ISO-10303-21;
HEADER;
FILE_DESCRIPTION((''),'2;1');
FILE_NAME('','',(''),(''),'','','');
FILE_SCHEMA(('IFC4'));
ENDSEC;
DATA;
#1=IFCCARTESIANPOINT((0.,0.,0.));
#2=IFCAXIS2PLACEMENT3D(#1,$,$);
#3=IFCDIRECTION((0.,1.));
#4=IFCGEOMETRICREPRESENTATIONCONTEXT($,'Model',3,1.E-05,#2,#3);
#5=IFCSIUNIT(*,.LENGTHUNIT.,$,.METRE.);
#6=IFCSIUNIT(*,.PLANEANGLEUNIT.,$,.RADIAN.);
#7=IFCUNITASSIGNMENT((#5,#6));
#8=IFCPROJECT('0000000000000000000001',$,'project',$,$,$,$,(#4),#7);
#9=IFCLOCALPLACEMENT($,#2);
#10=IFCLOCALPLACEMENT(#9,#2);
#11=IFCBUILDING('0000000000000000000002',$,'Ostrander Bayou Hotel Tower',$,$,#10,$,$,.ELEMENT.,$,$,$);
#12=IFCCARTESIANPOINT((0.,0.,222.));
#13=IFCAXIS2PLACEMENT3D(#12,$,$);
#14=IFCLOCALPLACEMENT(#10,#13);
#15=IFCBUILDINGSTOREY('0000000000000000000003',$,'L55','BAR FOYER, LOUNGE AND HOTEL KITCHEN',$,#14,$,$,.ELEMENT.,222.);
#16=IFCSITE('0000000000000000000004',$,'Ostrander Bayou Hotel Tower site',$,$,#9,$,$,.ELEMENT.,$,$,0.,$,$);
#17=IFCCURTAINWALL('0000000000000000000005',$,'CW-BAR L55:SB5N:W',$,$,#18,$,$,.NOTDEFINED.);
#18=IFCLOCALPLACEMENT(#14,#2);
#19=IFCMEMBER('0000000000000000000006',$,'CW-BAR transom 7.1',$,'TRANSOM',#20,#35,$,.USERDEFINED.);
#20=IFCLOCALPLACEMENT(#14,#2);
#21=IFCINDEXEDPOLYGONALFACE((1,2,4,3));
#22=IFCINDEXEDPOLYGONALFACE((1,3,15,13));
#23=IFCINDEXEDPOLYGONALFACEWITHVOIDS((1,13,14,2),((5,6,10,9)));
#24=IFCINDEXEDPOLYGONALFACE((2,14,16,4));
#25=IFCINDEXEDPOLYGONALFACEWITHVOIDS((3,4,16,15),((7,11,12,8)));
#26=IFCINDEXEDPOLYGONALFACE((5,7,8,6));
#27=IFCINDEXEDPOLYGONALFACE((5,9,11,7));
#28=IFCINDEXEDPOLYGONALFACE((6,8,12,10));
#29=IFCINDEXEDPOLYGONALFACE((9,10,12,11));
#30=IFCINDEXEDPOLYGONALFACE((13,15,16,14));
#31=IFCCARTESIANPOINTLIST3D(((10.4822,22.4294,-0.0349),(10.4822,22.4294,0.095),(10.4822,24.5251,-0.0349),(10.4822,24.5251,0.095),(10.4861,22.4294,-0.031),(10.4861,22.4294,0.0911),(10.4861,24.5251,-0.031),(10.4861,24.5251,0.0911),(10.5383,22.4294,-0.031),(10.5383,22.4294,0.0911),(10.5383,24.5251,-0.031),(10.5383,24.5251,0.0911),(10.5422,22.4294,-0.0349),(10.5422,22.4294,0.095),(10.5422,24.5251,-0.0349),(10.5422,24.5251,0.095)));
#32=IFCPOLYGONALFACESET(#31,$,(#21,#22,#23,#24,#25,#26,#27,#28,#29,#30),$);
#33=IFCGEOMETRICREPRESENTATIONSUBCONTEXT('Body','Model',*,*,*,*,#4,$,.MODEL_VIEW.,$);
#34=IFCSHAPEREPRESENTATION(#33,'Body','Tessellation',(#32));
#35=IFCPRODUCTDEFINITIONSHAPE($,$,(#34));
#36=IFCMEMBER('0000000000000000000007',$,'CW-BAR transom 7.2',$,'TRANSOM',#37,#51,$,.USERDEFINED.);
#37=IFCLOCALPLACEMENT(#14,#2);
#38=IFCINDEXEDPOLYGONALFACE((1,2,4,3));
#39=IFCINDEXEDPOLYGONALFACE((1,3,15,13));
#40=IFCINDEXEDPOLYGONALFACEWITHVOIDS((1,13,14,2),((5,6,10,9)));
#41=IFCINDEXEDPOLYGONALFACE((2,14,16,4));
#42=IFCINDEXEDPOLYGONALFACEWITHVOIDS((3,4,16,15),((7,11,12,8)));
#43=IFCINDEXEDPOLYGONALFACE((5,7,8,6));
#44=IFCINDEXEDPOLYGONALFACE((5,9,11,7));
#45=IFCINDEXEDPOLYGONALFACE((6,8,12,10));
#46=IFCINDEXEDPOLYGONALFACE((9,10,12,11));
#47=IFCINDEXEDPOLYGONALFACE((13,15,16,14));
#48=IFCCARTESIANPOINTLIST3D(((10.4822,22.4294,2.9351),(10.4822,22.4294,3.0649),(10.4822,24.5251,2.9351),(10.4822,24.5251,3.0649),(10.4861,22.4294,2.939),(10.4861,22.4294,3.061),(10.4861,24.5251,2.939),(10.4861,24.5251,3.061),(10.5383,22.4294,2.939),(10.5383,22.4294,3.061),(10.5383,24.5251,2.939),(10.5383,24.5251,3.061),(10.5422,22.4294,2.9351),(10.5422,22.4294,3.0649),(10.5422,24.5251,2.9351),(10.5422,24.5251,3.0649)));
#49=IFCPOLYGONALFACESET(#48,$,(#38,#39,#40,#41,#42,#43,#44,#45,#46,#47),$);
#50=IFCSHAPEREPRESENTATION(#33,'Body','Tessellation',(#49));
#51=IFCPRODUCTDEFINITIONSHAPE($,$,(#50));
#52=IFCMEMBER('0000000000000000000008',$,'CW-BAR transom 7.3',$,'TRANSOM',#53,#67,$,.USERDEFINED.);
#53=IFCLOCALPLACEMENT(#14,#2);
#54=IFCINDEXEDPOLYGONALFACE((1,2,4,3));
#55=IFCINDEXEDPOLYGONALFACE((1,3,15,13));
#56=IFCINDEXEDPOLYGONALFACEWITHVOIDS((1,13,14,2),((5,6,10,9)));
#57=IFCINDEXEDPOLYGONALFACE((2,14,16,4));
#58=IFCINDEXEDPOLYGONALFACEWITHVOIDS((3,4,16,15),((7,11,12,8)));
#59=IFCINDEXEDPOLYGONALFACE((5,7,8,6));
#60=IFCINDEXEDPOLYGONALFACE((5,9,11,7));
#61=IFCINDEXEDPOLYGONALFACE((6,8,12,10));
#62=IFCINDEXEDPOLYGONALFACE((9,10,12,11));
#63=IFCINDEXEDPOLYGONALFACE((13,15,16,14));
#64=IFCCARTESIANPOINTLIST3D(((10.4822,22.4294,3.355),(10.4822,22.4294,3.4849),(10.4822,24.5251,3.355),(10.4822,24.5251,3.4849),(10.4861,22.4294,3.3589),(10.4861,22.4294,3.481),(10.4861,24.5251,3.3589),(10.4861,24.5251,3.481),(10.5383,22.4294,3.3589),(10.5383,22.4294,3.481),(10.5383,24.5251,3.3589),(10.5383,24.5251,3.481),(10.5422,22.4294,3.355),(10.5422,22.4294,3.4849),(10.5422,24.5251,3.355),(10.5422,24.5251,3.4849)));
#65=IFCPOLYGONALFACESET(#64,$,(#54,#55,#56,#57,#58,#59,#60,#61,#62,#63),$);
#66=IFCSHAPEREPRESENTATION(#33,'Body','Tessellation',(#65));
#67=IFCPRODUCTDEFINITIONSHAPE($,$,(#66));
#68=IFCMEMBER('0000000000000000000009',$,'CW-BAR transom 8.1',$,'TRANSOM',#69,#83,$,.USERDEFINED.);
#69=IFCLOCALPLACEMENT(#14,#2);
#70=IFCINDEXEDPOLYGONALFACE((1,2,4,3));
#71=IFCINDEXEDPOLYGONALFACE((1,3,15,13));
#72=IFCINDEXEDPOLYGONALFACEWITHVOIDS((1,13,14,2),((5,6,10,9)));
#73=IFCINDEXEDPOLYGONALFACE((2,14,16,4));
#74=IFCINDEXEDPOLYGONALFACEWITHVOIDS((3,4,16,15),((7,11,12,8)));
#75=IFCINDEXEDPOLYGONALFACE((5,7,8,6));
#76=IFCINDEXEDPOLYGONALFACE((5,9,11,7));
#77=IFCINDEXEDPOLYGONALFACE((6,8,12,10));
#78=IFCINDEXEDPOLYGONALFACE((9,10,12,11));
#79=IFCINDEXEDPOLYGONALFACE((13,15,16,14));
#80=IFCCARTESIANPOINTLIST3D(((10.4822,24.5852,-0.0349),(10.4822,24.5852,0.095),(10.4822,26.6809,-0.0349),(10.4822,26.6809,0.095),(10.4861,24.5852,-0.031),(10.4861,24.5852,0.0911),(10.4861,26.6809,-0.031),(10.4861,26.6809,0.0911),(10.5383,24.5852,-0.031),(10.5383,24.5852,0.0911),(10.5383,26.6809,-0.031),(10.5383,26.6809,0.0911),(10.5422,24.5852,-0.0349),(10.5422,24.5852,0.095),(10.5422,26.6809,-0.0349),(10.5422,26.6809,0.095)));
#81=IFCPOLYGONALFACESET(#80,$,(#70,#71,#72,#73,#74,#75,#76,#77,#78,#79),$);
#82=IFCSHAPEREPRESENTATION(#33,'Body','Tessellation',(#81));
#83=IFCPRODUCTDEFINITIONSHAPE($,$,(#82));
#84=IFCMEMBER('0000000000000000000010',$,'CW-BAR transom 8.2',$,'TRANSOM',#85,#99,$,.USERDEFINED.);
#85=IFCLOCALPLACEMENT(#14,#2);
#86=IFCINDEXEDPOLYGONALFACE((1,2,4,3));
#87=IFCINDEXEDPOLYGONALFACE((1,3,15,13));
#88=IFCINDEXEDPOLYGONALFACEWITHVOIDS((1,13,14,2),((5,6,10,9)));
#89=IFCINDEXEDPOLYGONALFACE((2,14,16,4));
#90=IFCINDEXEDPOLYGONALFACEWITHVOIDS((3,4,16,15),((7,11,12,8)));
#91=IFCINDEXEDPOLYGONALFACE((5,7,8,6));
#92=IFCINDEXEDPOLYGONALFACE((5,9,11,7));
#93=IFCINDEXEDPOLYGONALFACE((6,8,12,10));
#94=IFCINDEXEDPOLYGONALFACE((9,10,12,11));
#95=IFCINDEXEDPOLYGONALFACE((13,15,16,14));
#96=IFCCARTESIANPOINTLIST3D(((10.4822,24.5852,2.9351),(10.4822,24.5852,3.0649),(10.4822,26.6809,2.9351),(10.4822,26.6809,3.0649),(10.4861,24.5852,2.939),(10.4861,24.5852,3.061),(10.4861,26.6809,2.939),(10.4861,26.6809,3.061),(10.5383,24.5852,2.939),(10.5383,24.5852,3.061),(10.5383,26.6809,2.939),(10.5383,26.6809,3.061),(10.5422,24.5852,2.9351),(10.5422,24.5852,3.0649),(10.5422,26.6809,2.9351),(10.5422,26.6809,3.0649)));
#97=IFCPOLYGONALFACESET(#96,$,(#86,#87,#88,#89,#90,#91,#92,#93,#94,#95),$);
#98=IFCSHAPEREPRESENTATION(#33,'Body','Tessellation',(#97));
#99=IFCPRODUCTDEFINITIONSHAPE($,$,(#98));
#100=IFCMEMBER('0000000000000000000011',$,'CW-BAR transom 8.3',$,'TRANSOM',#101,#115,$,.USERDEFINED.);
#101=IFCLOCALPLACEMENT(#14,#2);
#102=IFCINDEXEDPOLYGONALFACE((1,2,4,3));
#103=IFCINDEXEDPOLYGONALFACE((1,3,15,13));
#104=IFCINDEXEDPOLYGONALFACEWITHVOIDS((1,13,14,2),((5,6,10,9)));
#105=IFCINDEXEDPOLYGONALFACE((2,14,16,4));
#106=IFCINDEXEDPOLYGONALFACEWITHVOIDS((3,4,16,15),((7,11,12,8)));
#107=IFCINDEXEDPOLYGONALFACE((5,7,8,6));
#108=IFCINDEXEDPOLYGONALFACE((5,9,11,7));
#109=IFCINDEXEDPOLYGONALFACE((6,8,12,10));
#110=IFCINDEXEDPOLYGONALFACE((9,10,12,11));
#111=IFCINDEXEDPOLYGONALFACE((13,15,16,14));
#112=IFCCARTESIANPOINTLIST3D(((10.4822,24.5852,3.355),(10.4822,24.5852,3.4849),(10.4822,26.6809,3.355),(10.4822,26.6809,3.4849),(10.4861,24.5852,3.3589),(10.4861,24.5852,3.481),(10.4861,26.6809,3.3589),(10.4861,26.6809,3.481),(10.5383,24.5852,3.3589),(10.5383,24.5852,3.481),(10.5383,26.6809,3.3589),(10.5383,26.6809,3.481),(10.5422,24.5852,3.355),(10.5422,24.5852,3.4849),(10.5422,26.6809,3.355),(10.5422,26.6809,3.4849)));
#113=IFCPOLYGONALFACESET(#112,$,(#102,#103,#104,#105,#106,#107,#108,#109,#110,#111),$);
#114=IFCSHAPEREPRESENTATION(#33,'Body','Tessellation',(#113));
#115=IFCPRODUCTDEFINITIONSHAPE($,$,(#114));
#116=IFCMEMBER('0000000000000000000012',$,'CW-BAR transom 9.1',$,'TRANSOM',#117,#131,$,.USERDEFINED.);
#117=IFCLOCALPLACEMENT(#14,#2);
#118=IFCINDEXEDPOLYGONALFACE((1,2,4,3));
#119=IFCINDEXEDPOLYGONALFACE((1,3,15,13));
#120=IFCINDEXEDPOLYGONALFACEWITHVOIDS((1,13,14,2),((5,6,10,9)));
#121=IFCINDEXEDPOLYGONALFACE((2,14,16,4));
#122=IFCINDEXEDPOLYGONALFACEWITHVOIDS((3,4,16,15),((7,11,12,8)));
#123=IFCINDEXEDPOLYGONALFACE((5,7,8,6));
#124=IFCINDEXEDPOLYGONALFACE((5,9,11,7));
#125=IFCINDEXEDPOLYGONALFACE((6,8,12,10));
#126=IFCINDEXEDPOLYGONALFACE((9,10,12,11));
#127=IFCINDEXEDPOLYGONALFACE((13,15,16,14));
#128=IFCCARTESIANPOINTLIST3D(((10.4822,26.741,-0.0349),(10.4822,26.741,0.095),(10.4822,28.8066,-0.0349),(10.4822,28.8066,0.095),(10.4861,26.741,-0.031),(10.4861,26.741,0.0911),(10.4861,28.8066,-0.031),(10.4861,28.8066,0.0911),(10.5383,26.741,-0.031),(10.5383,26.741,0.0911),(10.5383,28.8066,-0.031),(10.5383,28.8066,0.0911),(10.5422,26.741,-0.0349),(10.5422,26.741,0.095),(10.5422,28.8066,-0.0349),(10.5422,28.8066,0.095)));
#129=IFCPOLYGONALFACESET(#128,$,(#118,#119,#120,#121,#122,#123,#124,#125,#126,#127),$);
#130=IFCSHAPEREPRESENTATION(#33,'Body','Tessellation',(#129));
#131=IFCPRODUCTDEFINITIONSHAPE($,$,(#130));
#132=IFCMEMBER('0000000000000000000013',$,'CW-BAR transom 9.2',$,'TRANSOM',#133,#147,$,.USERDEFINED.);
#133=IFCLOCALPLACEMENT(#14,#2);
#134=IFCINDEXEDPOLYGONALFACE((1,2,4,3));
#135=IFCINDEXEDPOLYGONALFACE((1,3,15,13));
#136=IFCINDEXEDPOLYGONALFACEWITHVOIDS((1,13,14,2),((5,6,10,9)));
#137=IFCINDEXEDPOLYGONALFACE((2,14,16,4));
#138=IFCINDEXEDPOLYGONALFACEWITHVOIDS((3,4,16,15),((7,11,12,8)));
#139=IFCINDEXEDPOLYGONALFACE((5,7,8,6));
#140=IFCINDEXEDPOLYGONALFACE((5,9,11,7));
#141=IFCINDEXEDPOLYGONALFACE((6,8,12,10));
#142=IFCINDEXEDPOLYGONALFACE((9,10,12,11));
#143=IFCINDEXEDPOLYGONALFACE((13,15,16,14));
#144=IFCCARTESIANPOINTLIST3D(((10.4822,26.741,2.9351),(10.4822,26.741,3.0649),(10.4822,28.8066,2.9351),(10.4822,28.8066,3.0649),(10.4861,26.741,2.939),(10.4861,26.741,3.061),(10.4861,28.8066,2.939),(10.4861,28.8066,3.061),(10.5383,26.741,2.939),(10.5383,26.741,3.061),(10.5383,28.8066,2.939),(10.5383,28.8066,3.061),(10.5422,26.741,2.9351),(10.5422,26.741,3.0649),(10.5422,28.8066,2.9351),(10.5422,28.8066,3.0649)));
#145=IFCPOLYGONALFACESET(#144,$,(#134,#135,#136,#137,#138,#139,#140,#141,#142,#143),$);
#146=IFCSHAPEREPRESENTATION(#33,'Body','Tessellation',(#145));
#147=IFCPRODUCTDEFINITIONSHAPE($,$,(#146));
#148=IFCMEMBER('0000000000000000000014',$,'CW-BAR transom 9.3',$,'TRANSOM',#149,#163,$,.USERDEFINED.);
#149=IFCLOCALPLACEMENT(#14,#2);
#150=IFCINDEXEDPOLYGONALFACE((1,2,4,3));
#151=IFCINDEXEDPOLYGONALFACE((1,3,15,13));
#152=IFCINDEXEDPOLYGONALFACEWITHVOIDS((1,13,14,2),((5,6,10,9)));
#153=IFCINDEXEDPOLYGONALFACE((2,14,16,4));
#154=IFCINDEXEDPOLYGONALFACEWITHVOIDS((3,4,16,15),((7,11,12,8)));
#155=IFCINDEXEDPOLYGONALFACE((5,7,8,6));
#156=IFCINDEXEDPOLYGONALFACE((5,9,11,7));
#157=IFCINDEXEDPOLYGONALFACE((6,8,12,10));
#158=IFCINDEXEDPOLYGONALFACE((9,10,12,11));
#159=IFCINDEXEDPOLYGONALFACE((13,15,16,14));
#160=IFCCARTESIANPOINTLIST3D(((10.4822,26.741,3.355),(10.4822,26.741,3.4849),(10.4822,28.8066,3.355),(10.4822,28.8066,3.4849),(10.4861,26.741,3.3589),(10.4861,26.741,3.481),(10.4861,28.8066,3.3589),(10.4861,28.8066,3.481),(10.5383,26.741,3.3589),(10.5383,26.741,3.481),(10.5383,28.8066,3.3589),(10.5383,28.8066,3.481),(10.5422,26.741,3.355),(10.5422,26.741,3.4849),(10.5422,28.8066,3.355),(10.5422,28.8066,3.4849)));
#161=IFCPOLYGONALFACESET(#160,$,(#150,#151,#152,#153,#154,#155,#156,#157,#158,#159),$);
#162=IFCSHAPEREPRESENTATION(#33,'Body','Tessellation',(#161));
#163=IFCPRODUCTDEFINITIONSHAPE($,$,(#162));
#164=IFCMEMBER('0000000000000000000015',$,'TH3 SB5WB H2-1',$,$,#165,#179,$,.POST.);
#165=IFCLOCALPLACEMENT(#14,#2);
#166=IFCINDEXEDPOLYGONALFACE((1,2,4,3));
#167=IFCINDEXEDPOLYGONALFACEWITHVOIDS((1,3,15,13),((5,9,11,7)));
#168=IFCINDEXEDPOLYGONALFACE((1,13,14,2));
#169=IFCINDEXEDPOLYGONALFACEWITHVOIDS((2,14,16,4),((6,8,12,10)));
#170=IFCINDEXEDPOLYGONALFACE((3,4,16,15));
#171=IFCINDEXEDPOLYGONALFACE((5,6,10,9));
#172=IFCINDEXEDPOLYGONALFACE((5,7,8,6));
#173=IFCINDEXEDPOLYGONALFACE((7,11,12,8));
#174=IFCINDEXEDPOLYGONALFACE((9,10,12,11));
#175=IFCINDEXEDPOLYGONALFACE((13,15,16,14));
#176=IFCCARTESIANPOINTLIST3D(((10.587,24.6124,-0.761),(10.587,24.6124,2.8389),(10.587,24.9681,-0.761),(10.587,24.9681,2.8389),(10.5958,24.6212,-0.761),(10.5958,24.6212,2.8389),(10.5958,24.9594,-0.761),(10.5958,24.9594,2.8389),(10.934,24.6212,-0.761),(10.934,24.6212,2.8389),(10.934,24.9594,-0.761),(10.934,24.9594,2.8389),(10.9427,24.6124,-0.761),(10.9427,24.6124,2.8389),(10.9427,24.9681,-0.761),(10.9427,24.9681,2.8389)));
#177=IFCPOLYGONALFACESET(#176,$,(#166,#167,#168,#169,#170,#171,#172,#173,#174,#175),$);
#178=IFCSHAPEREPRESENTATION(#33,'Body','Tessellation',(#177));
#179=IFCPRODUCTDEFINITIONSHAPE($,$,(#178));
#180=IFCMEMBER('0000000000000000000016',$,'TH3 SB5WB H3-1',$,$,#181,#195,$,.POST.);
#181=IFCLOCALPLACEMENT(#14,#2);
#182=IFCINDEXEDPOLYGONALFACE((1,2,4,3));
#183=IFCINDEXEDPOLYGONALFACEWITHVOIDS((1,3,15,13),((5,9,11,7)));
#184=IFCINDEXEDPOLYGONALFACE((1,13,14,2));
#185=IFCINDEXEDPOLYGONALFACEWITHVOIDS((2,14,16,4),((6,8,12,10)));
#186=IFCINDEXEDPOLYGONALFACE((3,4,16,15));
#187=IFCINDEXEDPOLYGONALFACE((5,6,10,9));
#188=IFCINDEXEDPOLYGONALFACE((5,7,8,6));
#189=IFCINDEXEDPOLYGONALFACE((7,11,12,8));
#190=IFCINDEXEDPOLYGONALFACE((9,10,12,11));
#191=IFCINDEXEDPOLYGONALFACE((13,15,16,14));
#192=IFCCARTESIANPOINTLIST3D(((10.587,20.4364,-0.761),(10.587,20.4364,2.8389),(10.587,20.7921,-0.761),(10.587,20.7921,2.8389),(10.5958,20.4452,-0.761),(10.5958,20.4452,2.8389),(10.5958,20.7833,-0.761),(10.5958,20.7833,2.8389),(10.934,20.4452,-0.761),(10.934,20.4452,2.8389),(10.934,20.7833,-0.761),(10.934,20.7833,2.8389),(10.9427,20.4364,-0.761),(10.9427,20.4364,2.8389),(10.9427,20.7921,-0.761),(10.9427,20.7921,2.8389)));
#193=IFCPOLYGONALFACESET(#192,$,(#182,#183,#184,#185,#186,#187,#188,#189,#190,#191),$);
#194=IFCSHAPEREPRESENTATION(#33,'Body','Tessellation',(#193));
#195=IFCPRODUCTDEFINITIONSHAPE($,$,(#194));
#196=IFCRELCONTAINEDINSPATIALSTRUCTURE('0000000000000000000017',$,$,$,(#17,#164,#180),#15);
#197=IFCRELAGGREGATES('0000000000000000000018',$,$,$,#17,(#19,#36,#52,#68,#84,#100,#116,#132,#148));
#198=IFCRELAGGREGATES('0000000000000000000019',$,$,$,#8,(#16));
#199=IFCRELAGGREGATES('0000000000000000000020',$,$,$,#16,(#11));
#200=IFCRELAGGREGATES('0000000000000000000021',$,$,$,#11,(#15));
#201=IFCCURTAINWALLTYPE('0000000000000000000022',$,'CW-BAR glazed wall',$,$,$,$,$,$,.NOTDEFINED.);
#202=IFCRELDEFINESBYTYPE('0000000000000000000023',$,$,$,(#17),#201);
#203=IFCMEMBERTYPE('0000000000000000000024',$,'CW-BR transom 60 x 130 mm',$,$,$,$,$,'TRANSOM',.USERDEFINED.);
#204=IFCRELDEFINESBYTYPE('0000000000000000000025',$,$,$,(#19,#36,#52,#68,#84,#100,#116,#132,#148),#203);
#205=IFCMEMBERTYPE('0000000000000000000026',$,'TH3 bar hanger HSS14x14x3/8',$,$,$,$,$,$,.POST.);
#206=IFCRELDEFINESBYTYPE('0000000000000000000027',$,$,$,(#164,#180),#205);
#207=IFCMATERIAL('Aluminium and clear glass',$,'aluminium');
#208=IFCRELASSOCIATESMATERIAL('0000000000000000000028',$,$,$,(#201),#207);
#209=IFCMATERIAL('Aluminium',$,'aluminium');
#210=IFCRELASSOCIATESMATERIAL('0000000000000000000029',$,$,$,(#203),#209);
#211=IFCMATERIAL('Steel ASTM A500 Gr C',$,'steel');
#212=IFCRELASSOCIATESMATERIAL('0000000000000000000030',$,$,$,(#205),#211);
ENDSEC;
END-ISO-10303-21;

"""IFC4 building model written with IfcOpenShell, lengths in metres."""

from ifc_helpers import new_model, si_unit, direction, frame, origin, origin_2d, place, context, subcontext, project, spatial, hollow_rectangle, extrude, material, material_profile, profile_set, type_object, element, aggregate, save


model = new_model("IFC4")

# Units and contexts
model_context = context("Model", 3, precision=1e-05, world=origin(), true_north=direction((0.0, 1.0)))
body_context = subcontext(model_context, "Body", "Model", "MODEL_VIEW")
ifc_project = project(units=[si_unit("LENGTHUNIT", "METRE"), si_unit("PLANEANGLEUNIT", "RADIAN")], contexts=[model_context])

# Site, building, storey
site_placement = place(None, origin())
site = spatial("IfcSite", under=ifc_project, at=site_placement, Name="Ostrander Bayou Hotel Tower site", CompositionType="ELEMENT", RefElevation=0.0)
building_placement = place(site_placement, origin())
building = spatial("IfcBuilding", under=site, at=building_placement, Name="Ostrander Bayou Hotel Tower", CompositionType="ELEMENT")
storey_placement = place(building_placement, frame((0.0, 0.0, 222.0)))
storey = spatial("IfcBuildingStorey", under=building, at=storey_placement, Name="L55", Description="BAR FOYER, LOUNGE AND HOTEL KITCHEN", CompositionType="ELEMENT", Elevation=222.0)

# Curtain wall, members
ifc_material_1 = material(Name="Aluminium and clear glass", Category="aluminium")
curtain_wall_type = type_object("IfcCurtainWallType", Name="CW-BAR glazed wall", PredefinedType="NOTDEFINED", material=ifc_material_1)
curtain_wall_placement = place(storey_placement, origin())
curtain_wall = element("IfcCurtainWall", 1, at=curtain_wall_placement, inside=storey, type_object=curtain_wall_type, Name="CW-BAR L55:SB5N:W", PredefinedType="NOTDEFINED")
ifc_material_2 = material(Name="Aluminium", Category="aluminium")
ifc_material_profile_1 = material_profile(ifc_material_2, hollow_rectangle(XDim=0.0601, YDim=0.1299, WallThickness=0.0039, at=origin_2d()))
ifc_profile_set_1 = profile_set([ifc_material_profile_1], Name="Aluminium")
member_type_1 = type_object("IfcMemberType", Name="CW-BR transom 60 x 130 mm", ElementType="TRANSOM", PredefinedType="USERDEFINED", material=ifc_profile_set_1)
member_1_placement = place(storey_placement, frame((10.5122, 22.4294, 0.03), z_axis=(0.0, 1.0, 0.0), x_axis=(-1.0, 0.0, 0.0)))
member_1 = element("IfcMember", 2, at=member_1_placement, type_object=member_type_1, Name="CW-BAR transom 7.1", ObjectType="TRANSOM", PredefinedType="USERDEFINED", context=body_context, shape_type="SweptSolid", body=[
    extrude(hollow_rectangle(XDim=0.0601, YDim=0.1299, WallThickness=0.0039, at=origin_2d()), origin(), (0.0, 0.0, 1.0), 2.0957),
])
member_2_placement = place(storey_placement, frame((10.5122, 22.4294, 3.0), z_axis=(0.0, 1.0, 0.0), x_axis=(-1.0, 0.0, 0.0)))
member_2 = element("IfcMember", 3, at=member_2_placement, type_object=member_type_1, Name="CW-BAR transom 7.2", ObjectType="TRANSOM", PredefinedType="USERDEFINED", context=body_context, shape_type="SweptSolid", body=[
    extrude(hollow_rectangle(XDim=0.0601, YDim=0.1299, WallThickness=0.0039, at=origin_2d()), origin(), (0.0, 0.0, 1.0), 2.0957),
])
member_3_placement = place(storey_placement, frame((10.5122, 22.4294, 3.4199), z_axis=(0.0, 1.0, 0.0), x_axis=(-1.0, 0.0, 0.0)))
member_3 = element("IfcMember", 4, at=member_3_placement, type_object=member_type_1, Name="CW-BAR transom 7.3", ObjectType="TRANSOM", PredefinedType="USERDEFINED", context=body_context, shape_type="SweptSolid", body=[
    extrude(hollow_rectangle(XDim=0.0601, YDim=0.1299, WallThickness=0.0039, at=origin_2d()), origin(), (0.0, 0.0, 1.0), 2.0957),
])
member_4_placement = place(storey_placement, frame((10.5122, 24.5852, 0.03), z_axis=(0.0, 1.0, 0.0), x_axis=(-1.0, 0.0, 0.0)))
member_4 = element("IfcMember", 5, at=member_4_placement, type_object=member_type_1, Name="CW-BAR transom 8.1", ObjectType="TRANSOM", PredefinedType="USERDEFINED", context=body_context, shape_type="SweptSolid", body=[
    extrude(hollow_rectangle(XDim=0.0601, YDim=0.1299, WallThickness=0.0039, at=origin_2d()), origin(), (0.0, 0.0, 1.0), 2.0957),
])
member_5_placement = place(storey_placement, frame((10.5122, 24.5852, 3.0), z_axis=(0.0, 1.0, 0.0), x_axis=(-1.0, 0.0, 0.0)))
member_5 = element("IfcMember", 6, at=member_5_placement, type_object=member_type_1, Name="CW-BAR transom 8.2", ObjectType="TRANSOM", PredefinedType="USERDEFINED", context=body_context, shape_type="SweptSolid", body=[
    extrude(hollow_rectangle(XDim=0.0601, YDim=0.1299, WallThickness=0.0039, at=origin_2d()), origin(), (0.0, 0.0, 1.0), 2.0957),
])
member_6_placement = place(storey_placement, frame((10.5122, 24.5852, 3.4199), z_axis=(0.0, 1.0, 0.0), x_axis=(-1.0, 0.0, 0.0)))
member_6 = element("IfcMember", 7, at=member_6_placement, type_object=member_type_1, Name="CW-BAR transom 8.3", ObjectType="TRANSOM", PredefinedType="USERDEFINED", context=body_context, shape_type="SweptSolid", body=[
    extrude(hollow_rectangle(XDim=0.0601, YDim=0.1299, WallThickness=0.0039, at=origin_2d()), origin(), (0.0, 0.0, 1.0), 2.0957),
])
member_7_placement = place(storey_placement, frame((10.5122, 26.741, 0.03), z_axis=(0.0, 1.0, 0.0), x_axis=(-1.0, 0.0, 0.0)))
member_7 = element("IfcMember", 8, at=member_7_placement, type_object=member_type_1, Name="CW-BAR transom 9.1", ObjectType="TRANSOM", PredefinedType="USERDEFINED", context=body_context, shape_type="SweptSolid", body=[
    extrude(hollow_rectangle(XDim=0.0601, YDim=0.1299, WallThickness=0.0039, at=origin_2d()), origin(), (0.0, 0.0, 1.0), 2.0657),
])
member_8_placement = place(storey_placement, frame((10.5122, 26.741, 3.0), z_axis=(0.0, 1.0, 0.0), x_axis=(-1.0, 0.0, 0.0)))
member_8 = element("IfcMember", 9, at=member_8_placement, type_object=member_type_1, Name="CW-BAR transom 9.2", ObjectType="TRANSOM", PredefinedType="USERDEFINED", context=body_context, shape_type="SweptSolid", body=[
    extrude(hollow_rectangle(XDim=0.0601, YDim=0.1299, WallThickness=0.0039, at=origin_2d()), origin(), (0.0, 0.0, 1.0), 2.0657),
])
member_9_placement = place(storey_placement, frame((10.5122, 26.741, 3.4199), z_axis=(0.0, 1.0, 0.0), x_axis=(-1.0, 0.0, 0.0)))
member_9 = element("IfcMember", 10, at=member_9_placement, type_object=member_type_1, Name="CW-BAR transom 9.3", ObjectType="TRANSOM", PredefinedType="USERDEFINED", context=body_context, shape_type="SweptSolid", body=[
    extrude(hollow_rectangle(XDim=0.0601, YDim=0.1299, WallThickness=0.0039, at=origin_2d()), origin(), (0.0, 0.0, 1.0), 2.0657),
])

# Members
ifc_material_3 = material(Name="Steel ASTM A500 Gr C", Category="steel")
ifc_material_profile_2 = material_profile(ifc_material_3, hollow_rectangle(XDim=0.3557, YDim=0.3557, WallThickness=0.0088, at=origin_2d()))
ifc_profile_set_2 = profile_set([ifc_material_profile_2], Name="Steel ASTM A500 Gr C")
member_type_2 = type_object("IfcMemberType", Name="TH3 bar hanger HSS14x14x3/8", PredefinedType="POST", material=ifc_profile_set_2)
for number, where, z_axis, x_axis, name in (
    (11, (10.7649, 24.7903, -0.761), (0.0, 0.0, 1.0), (1.0, 0.0, 0.0), "TH3 SB5WB H2-1"),
    (12, (10.7649, 20.6143, -0.761), (0.0, 0.0, 1.0), (1.0, 0.0, 0.0), "TH3 SB5WB H3-1"),
):
    element("IfcMember", number, at=place(storey_placement, frame(where, z_axis=z_axis, x_axis=x_axis)), inside=storey, type_object=member_type_2, Name=name, PredefinedType="POST", context=body_context, shape_type="SweptSolid", body=[
        extrude(hollow_rectangle(XDim=0.3557, YDim=0.3557, WallThickness=0.0088, at=origin_2d()), origin(), (0.0, 0.0, 1.0), 3.5999),
    ])

aggregate(curtain_wall, [member_1, member_2, member_3, member_4, member_5, member_6, member_7, member_8, member_9])

save(model, "model.ifc")
